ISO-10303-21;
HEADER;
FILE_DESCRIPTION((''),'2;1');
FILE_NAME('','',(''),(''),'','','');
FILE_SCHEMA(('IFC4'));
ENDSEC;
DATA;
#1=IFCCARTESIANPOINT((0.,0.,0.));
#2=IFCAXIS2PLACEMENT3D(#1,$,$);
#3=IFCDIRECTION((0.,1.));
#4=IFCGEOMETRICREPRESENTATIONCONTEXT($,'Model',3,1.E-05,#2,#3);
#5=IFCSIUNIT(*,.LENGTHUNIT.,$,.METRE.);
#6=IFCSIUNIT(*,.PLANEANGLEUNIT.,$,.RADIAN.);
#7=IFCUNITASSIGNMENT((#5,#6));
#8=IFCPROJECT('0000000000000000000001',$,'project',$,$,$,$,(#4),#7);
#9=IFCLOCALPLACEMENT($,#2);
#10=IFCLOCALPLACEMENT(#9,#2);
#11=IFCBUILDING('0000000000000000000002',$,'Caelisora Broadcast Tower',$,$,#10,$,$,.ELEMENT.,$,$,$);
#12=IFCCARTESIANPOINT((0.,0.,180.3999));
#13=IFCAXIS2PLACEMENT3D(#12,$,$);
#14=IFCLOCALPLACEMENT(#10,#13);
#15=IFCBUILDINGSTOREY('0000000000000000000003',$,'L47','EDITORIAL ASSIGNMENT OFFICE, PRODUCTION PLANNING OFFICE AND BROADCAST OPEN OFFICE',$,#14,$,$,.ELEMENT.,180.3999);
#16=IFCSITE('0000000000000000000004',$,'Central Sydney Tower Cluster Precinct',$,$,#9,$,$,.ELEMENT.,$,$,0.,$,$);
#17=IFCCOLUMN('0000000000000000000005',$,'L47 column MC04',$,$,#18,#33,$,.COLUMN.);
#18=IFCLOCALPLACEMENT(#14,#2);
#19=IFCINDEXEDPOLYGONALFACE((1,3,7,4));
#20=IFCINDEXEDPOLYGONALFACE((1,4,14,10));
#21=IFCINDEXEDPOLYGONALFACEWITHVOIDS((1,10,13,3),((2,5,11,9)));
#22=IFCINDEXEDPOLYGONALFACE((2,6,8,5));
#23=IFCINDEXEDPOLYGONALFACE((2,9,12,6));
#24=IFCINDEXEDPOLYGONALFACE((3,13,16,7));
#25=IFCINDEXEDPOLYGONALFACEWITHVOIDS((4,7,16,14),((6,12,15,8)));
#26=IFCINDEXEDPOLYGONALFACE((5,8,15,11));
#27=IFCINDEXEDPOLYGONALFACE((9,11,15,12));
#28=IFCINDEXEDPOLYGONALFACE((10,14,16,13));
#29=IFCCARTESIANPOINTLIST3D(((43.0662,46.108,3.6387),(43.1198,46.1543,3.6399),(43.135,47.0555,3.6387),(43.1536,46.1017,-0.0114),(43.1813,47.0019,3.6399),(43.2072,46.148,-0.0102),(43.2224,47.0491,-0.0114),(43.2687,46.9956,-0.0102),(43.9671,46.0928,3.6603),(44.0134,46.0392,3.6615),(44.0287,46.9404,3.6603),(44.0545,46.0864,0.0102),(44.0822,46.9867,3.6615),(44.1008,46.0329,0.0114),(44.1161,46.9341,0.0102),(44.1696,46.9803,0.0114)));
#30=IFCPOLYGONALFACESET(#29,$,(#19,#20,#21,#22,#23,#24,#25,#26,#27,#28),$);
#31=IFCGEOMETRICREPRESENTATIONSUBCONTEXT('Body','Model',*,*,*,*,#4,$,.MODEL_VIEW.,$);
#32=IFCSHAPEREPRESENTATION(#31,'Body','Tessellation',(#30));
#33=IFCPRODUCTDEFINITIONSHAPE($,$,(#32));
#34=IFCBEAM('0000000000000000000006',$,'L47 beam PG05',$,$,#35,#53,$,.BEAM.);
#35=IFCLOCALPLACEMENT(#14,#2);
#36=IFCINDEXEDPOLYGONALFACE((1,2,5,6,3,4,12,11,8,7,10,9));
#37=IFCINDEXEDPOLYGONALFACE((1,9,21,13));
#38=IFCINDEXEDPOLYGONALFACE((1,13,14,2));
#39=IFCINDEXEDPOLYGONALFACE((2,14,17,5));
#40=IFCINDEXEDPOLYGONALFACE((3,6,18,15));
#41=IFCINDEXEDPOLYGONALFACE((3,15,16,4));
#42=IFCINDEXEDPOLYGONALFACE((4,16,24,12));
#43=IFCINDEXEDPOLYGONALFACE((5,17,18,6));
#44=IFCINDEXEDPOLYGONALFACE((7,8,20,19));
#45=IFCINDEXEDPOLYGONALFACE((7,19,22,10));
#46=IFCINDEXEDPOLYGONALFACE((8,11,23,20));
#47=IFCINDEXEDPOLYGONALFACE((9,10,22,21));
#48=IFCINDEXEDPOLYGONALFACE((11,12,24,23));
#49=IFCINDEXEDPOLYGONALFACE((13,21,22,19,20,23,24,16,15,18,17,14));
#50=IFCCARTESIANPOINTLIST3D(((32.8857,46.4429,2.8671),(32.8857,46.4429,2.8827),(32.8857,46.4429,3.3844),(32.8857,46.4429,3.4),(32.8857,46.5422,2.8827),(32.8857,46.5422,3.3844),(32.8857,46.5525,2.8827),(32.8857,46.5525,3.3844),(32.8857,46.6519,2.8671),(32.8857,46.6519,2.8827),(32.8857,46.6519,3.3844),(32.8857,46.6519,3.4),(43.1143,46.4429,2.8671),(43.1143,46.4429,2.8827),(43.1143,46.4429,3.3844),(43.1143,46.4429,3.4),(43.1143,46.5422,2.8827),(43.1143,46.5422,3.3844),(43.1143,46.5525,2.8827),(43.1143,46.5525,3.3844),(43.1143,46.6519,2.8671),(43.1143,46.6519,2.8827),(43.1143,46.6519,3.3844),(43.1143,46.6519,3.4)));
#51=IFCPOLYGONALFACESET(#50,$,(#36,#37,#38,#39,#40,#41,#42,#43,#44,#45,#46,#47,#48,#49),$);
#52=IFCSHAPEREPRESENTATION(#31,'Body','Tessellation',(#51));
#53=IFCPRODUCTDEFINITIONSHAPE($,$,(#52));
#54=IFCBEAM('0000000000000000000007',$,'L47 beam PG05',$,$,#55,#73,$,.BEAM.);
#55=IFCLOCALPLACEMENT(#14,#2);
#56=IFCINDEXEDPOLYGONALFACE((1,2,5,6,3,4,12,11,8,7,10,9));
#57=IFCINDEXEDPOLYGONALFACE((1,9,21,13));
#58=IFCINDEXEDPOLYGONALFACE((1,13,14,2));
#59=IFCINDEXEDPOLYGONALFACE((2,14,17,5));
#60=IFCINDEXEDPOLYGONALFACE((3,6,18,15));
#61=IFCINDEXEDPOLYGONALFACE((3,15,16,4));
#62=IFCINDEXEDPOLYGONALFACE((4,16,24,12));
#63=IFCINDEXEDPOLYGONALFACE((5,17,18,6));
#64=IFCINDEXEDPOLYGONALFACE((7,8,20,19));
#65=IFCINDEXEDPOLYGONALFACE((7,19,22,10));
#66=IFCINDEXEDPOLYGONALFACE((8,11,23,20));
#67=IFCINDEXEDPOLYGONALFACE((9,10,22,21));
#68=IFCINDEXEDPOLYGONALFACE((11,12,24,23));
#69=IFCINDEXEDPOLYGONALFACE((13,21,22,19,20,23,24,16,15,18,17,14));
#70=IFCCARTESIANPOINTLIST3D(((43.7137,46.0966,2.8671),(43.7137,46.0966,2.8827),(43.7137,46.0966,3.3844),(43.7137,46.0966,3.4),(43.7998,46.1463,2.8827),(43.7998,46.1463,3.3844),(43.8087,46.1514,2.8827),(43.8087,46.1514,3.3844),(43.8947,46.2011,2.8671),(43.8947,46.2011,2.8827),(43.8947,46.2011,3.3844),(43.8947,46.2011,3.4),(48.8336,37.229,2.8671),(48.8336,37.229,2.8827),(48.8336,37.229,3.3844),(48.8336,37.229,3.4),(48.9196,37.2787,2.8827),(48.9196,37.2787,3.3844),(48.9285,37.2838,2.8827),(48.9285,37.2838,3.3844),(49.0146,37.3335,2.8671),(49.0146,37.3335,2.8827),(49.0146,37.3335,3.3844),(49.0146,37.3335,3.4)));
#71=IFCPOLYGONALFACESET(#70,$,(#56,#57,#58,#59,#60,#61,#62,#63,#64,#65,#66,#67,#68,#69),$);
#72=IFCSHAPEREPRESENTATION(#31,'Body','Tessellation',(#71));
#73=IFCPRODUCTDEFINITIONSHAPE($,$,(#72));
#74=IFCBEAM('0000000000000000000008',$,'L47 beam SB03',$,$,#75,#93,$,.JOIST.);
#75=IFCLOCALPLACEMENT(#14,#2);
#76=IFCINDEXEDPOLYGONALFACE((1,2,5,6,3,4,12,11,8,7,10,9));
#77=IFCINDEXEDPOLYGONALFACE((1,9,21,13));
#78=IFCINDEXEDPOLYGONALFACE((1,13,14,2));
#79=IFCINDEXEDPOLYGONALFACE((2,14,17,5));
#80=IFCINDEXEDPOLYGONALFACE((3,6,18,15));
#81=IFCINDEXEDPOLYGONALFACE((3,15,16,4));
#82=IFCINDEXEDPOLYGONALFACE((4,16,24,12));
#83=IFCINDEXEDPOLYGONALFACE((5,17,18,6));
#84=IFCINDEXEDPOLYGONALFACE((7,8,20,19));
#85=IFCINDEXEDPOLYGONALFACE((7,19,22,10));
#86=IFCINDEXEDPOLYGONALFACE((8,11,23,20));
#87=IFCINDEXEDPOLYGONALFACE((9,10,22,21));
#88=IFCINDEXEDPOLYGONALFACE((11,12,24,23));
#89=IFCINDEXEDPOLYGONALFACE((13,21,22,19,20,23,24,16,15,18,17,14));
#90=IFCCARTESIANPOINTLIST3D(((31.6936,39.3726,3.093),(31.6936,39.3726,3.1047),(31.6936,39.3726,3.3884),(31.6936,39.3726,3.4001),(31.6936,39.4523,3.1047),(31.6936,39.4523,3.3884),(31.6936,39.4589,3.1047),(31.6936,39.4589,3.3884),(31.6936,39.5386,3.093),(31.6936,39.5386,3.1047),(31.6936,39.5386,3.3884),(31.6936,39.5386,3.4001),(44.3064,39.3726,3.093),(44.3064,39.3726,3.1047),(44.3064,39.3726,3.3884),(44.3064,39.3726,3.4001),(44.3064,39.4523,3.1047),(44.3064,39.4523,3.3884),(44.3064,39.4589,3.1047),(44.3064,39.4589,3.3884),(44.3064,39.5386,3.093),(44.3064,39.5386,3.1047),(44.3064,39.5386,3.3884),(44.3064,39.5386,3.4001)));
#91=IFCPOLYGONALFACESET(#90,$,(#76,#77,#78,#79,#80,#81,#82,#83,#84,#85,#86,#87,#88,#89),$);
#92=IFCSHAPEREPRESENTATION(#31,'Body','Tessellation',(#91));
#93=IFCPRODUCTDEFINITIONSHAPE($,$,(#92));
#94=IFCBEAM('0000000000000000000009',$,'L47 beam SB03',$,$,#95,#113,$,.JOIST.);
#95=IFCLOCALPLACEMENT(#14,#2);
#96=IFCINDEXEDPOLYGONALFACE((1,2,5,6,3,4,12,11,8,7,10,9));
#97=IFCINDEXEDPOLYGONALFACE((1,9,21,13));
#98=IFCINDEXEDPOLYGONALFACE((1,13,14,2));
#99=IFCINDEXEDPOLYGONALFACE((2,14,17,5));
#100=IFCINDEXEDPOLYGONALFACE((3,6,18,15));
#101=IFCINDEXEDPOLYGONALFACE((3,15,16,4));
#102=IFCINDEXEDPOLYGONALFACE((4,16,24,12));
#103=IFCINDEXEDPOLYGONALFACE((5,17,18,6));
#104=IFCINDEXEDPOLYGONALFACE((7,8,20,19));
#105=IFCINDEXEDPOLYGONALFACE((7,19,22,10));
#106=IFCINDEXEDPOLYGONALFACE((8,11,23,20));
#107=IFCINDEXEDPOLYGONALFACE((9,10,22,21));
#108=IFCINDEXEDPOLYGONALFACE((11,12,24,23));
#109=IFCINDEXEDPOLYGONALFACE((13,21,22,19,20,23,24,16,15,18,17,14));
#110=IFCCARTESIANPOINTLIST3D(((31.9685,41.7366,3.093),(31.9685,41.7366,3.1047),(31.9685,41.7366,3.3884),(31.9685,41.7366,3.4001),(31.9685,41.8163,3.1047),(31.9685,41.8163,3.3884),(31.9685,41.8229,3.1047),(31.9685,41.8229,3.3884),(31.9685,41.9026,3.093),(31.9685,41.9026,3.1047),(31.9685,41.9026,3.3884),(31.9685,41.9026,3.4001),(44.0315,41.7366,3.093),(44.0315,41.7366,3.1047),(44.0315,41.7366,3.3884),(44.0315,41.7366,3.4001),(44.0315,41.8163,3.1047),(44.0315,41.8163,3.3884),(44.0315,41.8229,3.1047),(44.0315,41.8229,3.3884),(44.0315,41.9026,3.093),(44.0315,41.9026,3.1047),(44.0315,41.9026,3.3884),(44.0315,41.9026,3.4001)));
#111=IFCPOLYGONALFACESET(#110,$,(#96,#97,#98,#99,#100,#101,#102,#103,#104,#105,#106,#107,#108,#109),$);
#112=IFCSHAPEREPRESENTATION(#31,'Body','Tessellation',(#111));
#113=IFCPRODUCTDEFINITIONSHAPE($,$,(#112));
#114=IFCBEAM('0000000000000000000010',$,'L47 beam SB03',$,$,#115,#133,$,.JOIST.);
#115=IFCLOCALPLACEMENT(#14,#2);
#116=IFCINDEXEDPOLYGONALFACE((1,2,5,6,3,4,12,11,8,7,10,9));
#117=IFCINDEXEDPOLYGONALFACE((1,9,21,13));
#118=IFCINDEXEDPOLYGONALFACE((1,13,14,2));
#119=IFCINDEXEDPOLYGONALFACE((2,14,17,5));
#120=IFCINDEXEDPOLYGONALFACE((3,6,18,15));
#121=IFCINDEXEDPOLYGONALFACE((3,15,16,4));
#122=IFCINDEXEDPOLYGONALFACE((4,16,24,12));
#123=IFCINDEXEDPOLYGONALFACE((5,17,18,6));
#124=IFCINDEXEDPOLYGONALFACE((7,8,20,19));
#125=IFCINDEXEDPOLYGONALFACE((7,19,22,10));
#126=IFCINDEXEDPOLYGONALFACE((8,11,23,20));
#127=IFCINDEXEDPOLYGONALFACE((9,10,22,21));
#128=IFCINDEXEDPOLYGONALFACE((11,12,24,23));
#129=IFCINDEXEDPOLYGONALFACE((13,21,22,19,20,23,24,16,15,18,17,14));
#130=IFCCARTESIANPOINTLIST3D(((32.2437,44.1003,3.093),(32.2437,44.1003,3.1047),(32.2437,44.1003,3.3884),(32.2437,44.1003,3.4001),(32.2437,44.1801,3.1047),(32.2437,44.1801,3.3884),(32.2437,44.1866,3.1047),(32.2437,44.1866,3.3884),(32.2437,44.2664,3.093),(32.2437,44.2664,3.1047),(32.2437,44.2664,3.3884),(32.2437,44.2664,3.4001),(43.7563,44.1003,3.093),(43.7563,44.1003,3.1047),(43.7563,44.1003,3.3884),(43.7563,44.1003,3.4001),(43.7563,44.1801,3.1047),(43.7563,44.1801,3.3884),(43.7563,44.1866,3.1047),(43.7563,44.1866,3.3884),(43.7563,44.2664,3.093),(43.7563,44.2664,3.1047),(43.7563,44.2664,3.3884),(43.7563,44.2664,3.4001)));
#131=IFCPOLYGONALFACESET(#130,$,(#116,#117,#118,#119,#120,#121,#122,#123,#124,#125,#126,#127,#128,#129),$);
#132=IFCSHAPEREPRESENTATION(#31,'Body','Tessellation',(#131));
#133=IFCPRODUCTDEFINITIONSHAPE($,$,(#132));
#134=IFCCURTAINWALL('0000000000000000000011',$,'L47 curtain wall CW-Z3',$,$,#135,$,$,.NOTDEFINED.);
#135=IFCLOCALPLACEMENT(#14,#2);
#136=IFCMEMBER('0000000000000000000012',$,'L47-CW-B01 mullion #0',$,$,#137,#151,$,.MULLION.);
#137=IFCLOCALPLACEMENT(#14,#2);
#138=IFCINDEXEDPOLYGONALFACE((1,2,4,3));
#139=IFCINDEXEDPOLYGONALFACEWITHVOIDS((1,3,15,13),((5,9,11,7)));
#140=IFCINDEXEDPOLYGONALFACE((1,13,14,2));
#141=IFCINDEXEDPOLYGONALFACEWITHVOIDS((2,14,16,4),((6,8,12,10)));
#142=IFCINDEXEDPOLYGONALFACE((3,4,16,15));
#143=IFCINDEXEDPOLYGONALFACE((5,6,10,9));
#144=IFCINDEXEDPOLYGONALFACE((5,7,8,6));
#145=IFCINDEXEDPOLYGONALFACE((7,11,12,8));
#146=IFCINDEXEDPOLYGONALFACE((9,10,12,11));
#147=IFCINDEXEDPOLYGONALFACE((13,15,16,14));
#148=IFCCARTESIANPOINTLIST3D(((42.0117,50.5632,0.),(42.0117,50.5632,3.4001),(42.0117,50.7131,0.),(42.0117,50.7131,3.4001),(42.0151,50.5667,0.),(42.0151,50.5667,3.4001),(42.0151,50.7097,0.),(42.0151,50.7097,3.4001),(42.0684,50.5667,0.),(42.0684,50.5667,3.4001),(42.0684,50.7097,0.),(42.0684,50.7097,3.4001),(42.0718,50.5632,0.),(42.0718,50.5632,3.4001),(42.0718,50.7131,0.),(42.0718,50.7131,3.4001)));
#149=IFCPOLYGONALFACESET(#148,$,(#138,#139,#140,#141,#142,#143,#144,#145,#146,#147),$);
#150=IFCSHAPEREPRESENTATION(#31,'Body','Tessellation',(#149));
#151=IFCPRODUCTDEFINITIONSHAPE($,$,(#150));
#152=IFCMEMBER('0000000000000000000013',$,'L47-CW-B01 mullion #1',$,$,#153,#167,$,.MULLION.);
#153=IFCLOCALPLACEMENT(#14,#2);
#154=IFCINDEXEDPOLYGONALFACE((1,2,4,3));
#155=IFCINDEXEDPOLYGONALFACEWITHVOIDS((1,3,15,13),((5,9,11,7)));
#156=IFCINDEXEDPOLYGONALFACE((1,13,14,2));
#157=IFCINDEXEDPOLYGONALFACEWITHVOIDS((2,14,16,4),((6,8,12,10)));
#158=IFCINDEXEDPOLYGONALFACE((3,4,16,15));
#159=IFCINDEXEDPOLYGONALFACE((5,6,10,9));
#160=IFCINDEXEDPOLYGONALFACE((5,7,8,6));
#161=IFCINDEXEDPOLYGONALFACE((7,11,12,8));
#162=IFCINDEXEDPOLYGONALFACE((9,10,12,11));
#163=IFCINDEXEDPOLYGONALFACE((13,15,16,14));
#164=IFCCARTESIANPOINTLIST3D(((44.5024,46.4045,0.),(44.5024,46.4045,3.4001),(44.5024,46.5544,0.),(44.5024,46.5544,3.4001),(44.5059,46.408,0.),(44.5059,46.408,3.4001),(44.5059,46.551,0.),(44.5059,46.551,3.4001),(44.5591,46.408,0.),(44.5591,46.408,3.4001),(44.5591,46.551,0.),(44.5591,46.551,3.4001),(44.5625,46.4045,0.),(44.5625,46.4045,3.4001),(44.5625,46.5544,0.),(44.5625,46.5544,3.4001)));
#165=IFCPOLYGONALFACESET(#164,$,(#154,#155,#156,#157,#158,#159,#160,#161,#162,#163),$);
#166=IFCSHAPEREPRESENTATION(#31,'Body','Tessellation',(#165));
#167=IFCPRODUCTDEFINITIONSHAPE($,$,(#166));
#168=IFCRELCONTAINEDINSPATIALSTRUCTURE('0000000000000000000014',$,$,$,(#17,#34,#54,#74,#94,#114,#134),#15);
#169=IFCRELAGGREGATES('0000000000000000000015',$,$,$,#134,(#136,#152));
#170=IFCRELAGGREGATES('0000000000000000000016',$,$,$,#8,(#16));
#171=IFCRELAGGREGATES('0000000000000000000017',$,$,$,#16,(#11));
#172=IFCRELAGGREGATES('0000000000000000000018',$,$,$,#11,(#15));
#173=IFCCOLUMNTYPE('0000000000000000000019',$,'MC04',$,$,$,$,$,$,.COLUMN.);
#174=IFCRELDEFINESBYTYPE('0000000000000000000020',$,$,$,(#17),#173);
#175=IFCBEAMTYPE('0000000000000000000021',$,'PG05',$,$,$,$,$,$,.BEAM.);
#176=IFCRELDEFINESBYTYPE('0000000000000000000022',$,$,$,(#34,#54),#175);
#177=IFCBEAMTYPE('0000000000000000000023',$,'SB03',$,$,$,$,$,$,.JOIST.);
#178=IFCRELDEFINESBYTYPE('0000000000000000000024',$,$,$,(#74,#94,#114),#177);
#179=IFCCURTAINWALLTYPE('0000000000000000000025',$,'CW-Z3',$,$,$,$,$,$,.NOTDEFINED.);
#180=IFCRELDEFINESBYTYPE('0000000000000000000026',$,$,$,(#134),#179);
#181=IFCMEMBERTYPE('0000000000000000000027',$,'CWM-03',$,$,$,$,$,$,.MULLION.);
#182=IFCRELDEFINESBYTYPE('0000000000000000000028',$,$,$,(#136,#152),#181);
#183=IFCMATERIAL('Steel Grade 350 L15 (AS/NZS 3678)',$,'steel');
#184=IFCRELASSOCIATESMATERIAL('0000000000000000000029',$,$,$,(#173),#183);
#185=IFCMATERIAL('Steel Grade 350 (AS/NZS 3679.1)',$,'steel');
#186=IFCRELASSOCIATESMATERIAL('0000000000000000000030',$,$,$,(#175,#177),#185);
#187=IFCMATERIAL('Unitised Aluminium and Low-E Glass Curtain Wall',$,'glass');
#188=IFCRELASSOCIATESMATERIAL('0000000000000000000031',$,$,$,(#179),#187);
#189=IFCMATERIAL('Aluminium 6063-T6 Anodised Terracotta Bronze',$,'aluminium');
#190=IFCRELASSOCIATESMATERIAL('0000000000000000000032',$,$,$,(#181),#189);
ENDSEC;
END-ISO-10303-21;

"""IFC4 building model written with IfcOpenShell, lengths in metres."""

from ifc_helpers import new_model, si_unit, direction, frame, origin, origin_2d, place, context, subcontext, project, spatial, hollow_rectangle, i_section, extrude, source, transform, mapped, material, material_profile, profile_set, type_object, type_shapes, element, aggregate, save


model = new_model("IFC4")

# Units and contexts
model_context = context("Model", 3, precision=1e-05, world=origin(), true_north=direction((0.0, 1.0)))
body_context = subcontext(model_context, "Body", "Model", "MODEL_VIEW")
ifc_project = project(units=[si_unit("LENGTHUNIT", "METRE"), si_unit("PLANEANGLEUNIT", "RADIAN")], contexts=[model_context])

# Site, building, storey
site_placement = place(None, origin())
site = spatial("IfcSite", under=ifc_project, at=site_placement, Name="Central Sydney Tower Cluster Precinct", CompositionType="ELEMENT", RefElevation=0.0)
building_placement = place(site_placement, origin())
building = spatial("IfcBuilding", under=site, at=building_placement, Name="Caelisora Broadcast Tower", CompositionType="ELEMENT")
storey_placement = place(building_placement, frame((0.0, 0.0, 180.3999)))
storey = spatial("IfcBuildingStorey", under=building, at=storey_placement, Name="L47", Description="EDITORIAL ASSIGNMENT OFFICE, PRODUCTION PLANNING OFFICE AND BROADCAST OPEN OFFICE", CompositionType="ELEMENT", Elevation=180.3999)

# Column
ifc_material_1 = material(Name="Steel Grade 350 L15 (AS/NZS 3678)", Category="steel")
ifc_material_profile_1 = material_profile(ifc_material_1, hollow_rectangle(XDim=0.95, YDim=0.95, WallThickness=0.05, at=origin_2d()), Name="Steel Grade 350 L15 (AS/NZS 3678)")
ifc_profile_set_1 = profile_set([ifc_material_profile_1], Name="Steel Grade 350 L15 (AS/NZS 3678)")
column_type = type_object("IfcColumnType", Name="MC04", PredefinedType="COLUMN", material=ifc_profile_set_1)
shared_shape_1 = source(origin(), body_context, "Body", "SweptSolid", [
    extrude(hollow_rectangle(XDim=0.95, YDim=0.95, WallThickness=0.05, at=origin_2d()), origin(), (0.0, 0.0, 1.0), 3.6511),
])
type_shapes(column_type, [shared_shape_1])
column_placement = place(storey_placement, frame((43.6616, 46.541, 0.0), z_axis=(-0.023938, 0.001739, 0.999712), x_axis=(-0.072435, -0.997373, 0.0)))
element("IfcColumn", 1, at=column_placement, inside=storey, type_object=column_type, Name="L47 column MC04", PredefinedType="COLUMN", context=body_context, shape_type="MappedRepresentation", body=[
    mapped(shared_shape_1, transform((0.0, 0.0, 0.0), scale=1.0)),
])

# Beams
ifc_material_2 = material(Name="Steel Grade 350 (AS/NZS 3679.1)", Category="steel")
ifc_material_profile_2 = material_profile(ifc_material_2, i_section(OverallWidth=0.209, OverallDepth=0.533, WebThickness=0.0103, FlangeThickness=0.0156, at=origin_2d()), Name="Steel Grade 350 (AS/NZS 3679.1)")
ifc_profile_set_2 = profile_set([ifc_material_profile_2], Name="Steel Grade 350 (AS/NZS 3679.1)")
beam_type_1 = type_object("IfcBeamType", Name="PG05", PredefinedType="BEAM", material=ifc_profile_set_2)
shared_shape_2 = source(origin(), body_context, "Body", "SweptSolid", [
    extrude(i_section(OverallWidth=0.209, OverallDepth=0.533, WebThickness=0.0103, FlangeThickness=0.0156, at=origin_2d()), origin(), (0.0, 0.0, 1.0), 10.2285),
])
beam_1_placement = place(storey_placement, frame((43.1143, 46.5474, 3.1335), z_axis=(-1.0, 0.0, 0.0), x_axis=(0.0, -1.0, 0.0)))
element("IfcBeam", 2, at=beam_1_placement, inside=storey, type_object=beam_type_1, Name="L47 beam PG05", PredefinedType="BEAM", context=body_context, shape_type="MappedRepresentation", body=[
    mapped(shared_shape_2, transform((0.0, 0.0, 0.0), scale=1.0)),
])
shared_shape_3 = source(origin(), body_context, "Body", "SweptSolid", [
    extrude(i_section(OverallWidth=0.209, OverallDepth=0.533, WebThickness=0.0103, FlangeThickness=0.0156, at=origin_2d()), origin(), (0.0, 0.0, 1.0), 10.2395),
])
type_shapes(beam_type_1, [shared_shape_2, shared_shape_3])
beam_2_placement = place(storey_placement, frame((48.9241, 37.2812, 3.1335), z_axis=(-0.500009, 0.86602, 0.0), x_axis=(-0.86602, -0.500009, 0.0)))
element("IfcBeam", 3, at=beam_2_placement, inside=storey, type_object=beam_type_1, Name="L47 beam PG05", PredefinedType="BEAM", context=body_context, shape_type="MappedRepresentation", body=[
    mapped(shared_shape_3, transform((0.0, 0.0, 0.0), scale=1.0)),
])
ifc_material_profile_3 = material_profile(ifc_material_2, i_section(OverallWidth=0.166, OverallDepth=0.3071, WebThickness=0.0066, FlangeThickness=0.0117, at=origin_2d()), Name="Steel Grade 350 (AS/NZS 3679.1)")
ifc_profile_set_3 = profile_set([ifc_material_profile_3], Name="Steel Grade 350 (AS/NZS 3679.1)")
beam_type_2 = type_object("IfcBeamType", Name="SB03", PredefinedType="JOIST", material=ifc_profile_set_3)
shared_shape_4 = source(origin(), body_context, "Body", "SweptSolid", [
    extrude(i_section(OverallWidth=0.166, OverallDepth=0.3071, WebThickness=0.0066, FlangeThickness=0.0117, at=origin_2d()), origin(), (0.0, 0.0, 1.0), 12.6128),
])
beam_3_placement = place(storey_placement, frame((44.3064, 39.4556, 3.2466), z_axis=(-1.0, 0.0, 0.0), x_axis=(0.0, -1.0, 0.0)))
element("IfcBeam", 4, at=beam_3_placement, inside=storey, type_object=beam_type_2, Name="L47 beam SB03", PredefinedType="JOIST", context=body_context, shape_type="MappedRepresentation", body=[
    mapped(shared_shape_4, transform((0.0, 0.0, 0.0), scale=1.0)),
])
shared_shape_5 = source(origin(), body_context, "Body", "SweptSolid", [
    extrude(i_section(OverallWidth=0.166, OverallDepth=0.3071, WebThickness=0.0066, FlangeThickness=0.0117, at=origin_2d()), origin(), (0.0, 0.0, 1.0), 12.063),
])
beam_4_placement = place(storey_placement, frame((44.0315, 41.8196, 3.2466), z_axis=(-1.0, 0.0, 0.0), x_axis=(0.0, -1.0, 0.0)))
element("IfcBeam", 5, at=beam_4_placement, inside=storey, type_object=beam_type_2, Name="L47 beam SB03", PredefinedType="JOIST", context=body_context, shape_type="MappedRepresentation", body=[
    mapped(shared_shape_5, transform((0.0, 0.0, 0.0), scale=1.0)),
])
shared_shape_6 = source(origin(), body_context, "Body", "SweptSolid", [
    extrude(i_section(OverallWidth=0.166, OverallDepth=0.3071, WebThickness=0.0066, FlangeThickness=0.0117, at=origin_2d()), origin(), (0.0, 0.0, 1.0), 11.5127),
])
type_shapes(beam_type_2, [shared_shape_4, shared_shape_5, shared_shape_6])
beam_5_placement = place(storey_placement, frame((43.7563, 44.1833, 3.2466), z_axis=(-1.0, 0.0, 0.0), x_axis=(0.0, -1.0, 0.0)))
element("IfcBeam", 6, at=beam_5_placement, inside=storey, type_object=beam_type_2, Name="L47 beam SB03", PredefinedType="JOIST", context=body_context, shape_type="MappedRepresentation", body=[
    mapped(shared_shape_6, transform((0.0, 0.0, 0.0), scale=1.0)),
])

# Curtain wall, members
ifc_material_3 = material(Name="Unitised Aluminium and Low-E Glass Curtain Wall", Category="glass")
curtain_wall_type_1 = type_object("IfcCurtainWallType", Name="CW-Z3", PredefinedType="NOTDEFINED", material=ifc_material_3)
curtain_wall_1_placement = place(storey_placement, origin())
curtain_wall_1 = element("IfcCurtainWall", 7, at=curtain_wall_1_placement, inside=storey, type_object=curtain_wall_type_1, Name="L47 curtain wall CW-Z3", PredefinedType="NOTDEFINED")
ifc_material_4 = material(Name="Aluminium 6063-T6 Anodised Terracotta Bronze", Category="aluminium")
ifc_material_profile_4 = material_profile(ifc_material_4, hollow_rectangle(XDim=0.0601, YDim=0.1499, WallThickness=0.0034, at=origin_2d()), Name="Aluminium 6063-T6 Anodised Terracotta Bronze")
ifc_profile_set_4 = profile_set([ifc_material_profile_4], Name="Aluminium 6063-T6 Anodised Terracotta Bronze")
member_type_1 = type_object("IfcMemberType", Name="CWM-03", PredefinedType="MULLION", material=ifc_profile_set_4)
shared_shape_7 = source(origin(), body_context, "Body", "SweptSolid", [
    extrude(hollow_rectangle(XDim=0.0601, YDim=0.1499, WallThickness=0.0034, at=origin_2d()), origin(), (0.0, 0.0, 1.0), 3.4001),
])
type_shapes(member_type_1, [shared_shape_7])
member_1_placement = place(storey_placement, frame((42.0417, 50.6382, 0.0), z_axis=(0.0, 0.0, 1.0), x_axis=(1.0, 0.0, 0.0)))
member_1 = element("IfcMember", 8, at=member_1_placement, type_object=member_type_1, Name="L47-CW-B01 mullion #0", PredefinedType="MULLION", context=body_context, shape_type="MappedRepresentation", body=[
    mapped(shared_shape_7, transform((0.0, 0.0, 0.0), scale=1.0)),
])
member_2_placement = place(storey_placement, frame((44.5325, 46.4795, 0.0), z_axis=(0.0, 0.0, 1.0), x_axis=(1.0, 0.0, 0.0)))
member_2 = element("IfcMember", 9, at=member_2_placement, type_object=member_type_1, Name="L47-CW-B01 mullion #1", PredefinedType="MULLION", context=body_context, shape_type="MappedRepresentation", body=[
    mapped(shared_shape_7, transform((0.0, 0.0, 0.0), scale=1.0)),
])

aggregate(curtain_wall_1, [member_1, member_2])

save(model, "model.ifc")
